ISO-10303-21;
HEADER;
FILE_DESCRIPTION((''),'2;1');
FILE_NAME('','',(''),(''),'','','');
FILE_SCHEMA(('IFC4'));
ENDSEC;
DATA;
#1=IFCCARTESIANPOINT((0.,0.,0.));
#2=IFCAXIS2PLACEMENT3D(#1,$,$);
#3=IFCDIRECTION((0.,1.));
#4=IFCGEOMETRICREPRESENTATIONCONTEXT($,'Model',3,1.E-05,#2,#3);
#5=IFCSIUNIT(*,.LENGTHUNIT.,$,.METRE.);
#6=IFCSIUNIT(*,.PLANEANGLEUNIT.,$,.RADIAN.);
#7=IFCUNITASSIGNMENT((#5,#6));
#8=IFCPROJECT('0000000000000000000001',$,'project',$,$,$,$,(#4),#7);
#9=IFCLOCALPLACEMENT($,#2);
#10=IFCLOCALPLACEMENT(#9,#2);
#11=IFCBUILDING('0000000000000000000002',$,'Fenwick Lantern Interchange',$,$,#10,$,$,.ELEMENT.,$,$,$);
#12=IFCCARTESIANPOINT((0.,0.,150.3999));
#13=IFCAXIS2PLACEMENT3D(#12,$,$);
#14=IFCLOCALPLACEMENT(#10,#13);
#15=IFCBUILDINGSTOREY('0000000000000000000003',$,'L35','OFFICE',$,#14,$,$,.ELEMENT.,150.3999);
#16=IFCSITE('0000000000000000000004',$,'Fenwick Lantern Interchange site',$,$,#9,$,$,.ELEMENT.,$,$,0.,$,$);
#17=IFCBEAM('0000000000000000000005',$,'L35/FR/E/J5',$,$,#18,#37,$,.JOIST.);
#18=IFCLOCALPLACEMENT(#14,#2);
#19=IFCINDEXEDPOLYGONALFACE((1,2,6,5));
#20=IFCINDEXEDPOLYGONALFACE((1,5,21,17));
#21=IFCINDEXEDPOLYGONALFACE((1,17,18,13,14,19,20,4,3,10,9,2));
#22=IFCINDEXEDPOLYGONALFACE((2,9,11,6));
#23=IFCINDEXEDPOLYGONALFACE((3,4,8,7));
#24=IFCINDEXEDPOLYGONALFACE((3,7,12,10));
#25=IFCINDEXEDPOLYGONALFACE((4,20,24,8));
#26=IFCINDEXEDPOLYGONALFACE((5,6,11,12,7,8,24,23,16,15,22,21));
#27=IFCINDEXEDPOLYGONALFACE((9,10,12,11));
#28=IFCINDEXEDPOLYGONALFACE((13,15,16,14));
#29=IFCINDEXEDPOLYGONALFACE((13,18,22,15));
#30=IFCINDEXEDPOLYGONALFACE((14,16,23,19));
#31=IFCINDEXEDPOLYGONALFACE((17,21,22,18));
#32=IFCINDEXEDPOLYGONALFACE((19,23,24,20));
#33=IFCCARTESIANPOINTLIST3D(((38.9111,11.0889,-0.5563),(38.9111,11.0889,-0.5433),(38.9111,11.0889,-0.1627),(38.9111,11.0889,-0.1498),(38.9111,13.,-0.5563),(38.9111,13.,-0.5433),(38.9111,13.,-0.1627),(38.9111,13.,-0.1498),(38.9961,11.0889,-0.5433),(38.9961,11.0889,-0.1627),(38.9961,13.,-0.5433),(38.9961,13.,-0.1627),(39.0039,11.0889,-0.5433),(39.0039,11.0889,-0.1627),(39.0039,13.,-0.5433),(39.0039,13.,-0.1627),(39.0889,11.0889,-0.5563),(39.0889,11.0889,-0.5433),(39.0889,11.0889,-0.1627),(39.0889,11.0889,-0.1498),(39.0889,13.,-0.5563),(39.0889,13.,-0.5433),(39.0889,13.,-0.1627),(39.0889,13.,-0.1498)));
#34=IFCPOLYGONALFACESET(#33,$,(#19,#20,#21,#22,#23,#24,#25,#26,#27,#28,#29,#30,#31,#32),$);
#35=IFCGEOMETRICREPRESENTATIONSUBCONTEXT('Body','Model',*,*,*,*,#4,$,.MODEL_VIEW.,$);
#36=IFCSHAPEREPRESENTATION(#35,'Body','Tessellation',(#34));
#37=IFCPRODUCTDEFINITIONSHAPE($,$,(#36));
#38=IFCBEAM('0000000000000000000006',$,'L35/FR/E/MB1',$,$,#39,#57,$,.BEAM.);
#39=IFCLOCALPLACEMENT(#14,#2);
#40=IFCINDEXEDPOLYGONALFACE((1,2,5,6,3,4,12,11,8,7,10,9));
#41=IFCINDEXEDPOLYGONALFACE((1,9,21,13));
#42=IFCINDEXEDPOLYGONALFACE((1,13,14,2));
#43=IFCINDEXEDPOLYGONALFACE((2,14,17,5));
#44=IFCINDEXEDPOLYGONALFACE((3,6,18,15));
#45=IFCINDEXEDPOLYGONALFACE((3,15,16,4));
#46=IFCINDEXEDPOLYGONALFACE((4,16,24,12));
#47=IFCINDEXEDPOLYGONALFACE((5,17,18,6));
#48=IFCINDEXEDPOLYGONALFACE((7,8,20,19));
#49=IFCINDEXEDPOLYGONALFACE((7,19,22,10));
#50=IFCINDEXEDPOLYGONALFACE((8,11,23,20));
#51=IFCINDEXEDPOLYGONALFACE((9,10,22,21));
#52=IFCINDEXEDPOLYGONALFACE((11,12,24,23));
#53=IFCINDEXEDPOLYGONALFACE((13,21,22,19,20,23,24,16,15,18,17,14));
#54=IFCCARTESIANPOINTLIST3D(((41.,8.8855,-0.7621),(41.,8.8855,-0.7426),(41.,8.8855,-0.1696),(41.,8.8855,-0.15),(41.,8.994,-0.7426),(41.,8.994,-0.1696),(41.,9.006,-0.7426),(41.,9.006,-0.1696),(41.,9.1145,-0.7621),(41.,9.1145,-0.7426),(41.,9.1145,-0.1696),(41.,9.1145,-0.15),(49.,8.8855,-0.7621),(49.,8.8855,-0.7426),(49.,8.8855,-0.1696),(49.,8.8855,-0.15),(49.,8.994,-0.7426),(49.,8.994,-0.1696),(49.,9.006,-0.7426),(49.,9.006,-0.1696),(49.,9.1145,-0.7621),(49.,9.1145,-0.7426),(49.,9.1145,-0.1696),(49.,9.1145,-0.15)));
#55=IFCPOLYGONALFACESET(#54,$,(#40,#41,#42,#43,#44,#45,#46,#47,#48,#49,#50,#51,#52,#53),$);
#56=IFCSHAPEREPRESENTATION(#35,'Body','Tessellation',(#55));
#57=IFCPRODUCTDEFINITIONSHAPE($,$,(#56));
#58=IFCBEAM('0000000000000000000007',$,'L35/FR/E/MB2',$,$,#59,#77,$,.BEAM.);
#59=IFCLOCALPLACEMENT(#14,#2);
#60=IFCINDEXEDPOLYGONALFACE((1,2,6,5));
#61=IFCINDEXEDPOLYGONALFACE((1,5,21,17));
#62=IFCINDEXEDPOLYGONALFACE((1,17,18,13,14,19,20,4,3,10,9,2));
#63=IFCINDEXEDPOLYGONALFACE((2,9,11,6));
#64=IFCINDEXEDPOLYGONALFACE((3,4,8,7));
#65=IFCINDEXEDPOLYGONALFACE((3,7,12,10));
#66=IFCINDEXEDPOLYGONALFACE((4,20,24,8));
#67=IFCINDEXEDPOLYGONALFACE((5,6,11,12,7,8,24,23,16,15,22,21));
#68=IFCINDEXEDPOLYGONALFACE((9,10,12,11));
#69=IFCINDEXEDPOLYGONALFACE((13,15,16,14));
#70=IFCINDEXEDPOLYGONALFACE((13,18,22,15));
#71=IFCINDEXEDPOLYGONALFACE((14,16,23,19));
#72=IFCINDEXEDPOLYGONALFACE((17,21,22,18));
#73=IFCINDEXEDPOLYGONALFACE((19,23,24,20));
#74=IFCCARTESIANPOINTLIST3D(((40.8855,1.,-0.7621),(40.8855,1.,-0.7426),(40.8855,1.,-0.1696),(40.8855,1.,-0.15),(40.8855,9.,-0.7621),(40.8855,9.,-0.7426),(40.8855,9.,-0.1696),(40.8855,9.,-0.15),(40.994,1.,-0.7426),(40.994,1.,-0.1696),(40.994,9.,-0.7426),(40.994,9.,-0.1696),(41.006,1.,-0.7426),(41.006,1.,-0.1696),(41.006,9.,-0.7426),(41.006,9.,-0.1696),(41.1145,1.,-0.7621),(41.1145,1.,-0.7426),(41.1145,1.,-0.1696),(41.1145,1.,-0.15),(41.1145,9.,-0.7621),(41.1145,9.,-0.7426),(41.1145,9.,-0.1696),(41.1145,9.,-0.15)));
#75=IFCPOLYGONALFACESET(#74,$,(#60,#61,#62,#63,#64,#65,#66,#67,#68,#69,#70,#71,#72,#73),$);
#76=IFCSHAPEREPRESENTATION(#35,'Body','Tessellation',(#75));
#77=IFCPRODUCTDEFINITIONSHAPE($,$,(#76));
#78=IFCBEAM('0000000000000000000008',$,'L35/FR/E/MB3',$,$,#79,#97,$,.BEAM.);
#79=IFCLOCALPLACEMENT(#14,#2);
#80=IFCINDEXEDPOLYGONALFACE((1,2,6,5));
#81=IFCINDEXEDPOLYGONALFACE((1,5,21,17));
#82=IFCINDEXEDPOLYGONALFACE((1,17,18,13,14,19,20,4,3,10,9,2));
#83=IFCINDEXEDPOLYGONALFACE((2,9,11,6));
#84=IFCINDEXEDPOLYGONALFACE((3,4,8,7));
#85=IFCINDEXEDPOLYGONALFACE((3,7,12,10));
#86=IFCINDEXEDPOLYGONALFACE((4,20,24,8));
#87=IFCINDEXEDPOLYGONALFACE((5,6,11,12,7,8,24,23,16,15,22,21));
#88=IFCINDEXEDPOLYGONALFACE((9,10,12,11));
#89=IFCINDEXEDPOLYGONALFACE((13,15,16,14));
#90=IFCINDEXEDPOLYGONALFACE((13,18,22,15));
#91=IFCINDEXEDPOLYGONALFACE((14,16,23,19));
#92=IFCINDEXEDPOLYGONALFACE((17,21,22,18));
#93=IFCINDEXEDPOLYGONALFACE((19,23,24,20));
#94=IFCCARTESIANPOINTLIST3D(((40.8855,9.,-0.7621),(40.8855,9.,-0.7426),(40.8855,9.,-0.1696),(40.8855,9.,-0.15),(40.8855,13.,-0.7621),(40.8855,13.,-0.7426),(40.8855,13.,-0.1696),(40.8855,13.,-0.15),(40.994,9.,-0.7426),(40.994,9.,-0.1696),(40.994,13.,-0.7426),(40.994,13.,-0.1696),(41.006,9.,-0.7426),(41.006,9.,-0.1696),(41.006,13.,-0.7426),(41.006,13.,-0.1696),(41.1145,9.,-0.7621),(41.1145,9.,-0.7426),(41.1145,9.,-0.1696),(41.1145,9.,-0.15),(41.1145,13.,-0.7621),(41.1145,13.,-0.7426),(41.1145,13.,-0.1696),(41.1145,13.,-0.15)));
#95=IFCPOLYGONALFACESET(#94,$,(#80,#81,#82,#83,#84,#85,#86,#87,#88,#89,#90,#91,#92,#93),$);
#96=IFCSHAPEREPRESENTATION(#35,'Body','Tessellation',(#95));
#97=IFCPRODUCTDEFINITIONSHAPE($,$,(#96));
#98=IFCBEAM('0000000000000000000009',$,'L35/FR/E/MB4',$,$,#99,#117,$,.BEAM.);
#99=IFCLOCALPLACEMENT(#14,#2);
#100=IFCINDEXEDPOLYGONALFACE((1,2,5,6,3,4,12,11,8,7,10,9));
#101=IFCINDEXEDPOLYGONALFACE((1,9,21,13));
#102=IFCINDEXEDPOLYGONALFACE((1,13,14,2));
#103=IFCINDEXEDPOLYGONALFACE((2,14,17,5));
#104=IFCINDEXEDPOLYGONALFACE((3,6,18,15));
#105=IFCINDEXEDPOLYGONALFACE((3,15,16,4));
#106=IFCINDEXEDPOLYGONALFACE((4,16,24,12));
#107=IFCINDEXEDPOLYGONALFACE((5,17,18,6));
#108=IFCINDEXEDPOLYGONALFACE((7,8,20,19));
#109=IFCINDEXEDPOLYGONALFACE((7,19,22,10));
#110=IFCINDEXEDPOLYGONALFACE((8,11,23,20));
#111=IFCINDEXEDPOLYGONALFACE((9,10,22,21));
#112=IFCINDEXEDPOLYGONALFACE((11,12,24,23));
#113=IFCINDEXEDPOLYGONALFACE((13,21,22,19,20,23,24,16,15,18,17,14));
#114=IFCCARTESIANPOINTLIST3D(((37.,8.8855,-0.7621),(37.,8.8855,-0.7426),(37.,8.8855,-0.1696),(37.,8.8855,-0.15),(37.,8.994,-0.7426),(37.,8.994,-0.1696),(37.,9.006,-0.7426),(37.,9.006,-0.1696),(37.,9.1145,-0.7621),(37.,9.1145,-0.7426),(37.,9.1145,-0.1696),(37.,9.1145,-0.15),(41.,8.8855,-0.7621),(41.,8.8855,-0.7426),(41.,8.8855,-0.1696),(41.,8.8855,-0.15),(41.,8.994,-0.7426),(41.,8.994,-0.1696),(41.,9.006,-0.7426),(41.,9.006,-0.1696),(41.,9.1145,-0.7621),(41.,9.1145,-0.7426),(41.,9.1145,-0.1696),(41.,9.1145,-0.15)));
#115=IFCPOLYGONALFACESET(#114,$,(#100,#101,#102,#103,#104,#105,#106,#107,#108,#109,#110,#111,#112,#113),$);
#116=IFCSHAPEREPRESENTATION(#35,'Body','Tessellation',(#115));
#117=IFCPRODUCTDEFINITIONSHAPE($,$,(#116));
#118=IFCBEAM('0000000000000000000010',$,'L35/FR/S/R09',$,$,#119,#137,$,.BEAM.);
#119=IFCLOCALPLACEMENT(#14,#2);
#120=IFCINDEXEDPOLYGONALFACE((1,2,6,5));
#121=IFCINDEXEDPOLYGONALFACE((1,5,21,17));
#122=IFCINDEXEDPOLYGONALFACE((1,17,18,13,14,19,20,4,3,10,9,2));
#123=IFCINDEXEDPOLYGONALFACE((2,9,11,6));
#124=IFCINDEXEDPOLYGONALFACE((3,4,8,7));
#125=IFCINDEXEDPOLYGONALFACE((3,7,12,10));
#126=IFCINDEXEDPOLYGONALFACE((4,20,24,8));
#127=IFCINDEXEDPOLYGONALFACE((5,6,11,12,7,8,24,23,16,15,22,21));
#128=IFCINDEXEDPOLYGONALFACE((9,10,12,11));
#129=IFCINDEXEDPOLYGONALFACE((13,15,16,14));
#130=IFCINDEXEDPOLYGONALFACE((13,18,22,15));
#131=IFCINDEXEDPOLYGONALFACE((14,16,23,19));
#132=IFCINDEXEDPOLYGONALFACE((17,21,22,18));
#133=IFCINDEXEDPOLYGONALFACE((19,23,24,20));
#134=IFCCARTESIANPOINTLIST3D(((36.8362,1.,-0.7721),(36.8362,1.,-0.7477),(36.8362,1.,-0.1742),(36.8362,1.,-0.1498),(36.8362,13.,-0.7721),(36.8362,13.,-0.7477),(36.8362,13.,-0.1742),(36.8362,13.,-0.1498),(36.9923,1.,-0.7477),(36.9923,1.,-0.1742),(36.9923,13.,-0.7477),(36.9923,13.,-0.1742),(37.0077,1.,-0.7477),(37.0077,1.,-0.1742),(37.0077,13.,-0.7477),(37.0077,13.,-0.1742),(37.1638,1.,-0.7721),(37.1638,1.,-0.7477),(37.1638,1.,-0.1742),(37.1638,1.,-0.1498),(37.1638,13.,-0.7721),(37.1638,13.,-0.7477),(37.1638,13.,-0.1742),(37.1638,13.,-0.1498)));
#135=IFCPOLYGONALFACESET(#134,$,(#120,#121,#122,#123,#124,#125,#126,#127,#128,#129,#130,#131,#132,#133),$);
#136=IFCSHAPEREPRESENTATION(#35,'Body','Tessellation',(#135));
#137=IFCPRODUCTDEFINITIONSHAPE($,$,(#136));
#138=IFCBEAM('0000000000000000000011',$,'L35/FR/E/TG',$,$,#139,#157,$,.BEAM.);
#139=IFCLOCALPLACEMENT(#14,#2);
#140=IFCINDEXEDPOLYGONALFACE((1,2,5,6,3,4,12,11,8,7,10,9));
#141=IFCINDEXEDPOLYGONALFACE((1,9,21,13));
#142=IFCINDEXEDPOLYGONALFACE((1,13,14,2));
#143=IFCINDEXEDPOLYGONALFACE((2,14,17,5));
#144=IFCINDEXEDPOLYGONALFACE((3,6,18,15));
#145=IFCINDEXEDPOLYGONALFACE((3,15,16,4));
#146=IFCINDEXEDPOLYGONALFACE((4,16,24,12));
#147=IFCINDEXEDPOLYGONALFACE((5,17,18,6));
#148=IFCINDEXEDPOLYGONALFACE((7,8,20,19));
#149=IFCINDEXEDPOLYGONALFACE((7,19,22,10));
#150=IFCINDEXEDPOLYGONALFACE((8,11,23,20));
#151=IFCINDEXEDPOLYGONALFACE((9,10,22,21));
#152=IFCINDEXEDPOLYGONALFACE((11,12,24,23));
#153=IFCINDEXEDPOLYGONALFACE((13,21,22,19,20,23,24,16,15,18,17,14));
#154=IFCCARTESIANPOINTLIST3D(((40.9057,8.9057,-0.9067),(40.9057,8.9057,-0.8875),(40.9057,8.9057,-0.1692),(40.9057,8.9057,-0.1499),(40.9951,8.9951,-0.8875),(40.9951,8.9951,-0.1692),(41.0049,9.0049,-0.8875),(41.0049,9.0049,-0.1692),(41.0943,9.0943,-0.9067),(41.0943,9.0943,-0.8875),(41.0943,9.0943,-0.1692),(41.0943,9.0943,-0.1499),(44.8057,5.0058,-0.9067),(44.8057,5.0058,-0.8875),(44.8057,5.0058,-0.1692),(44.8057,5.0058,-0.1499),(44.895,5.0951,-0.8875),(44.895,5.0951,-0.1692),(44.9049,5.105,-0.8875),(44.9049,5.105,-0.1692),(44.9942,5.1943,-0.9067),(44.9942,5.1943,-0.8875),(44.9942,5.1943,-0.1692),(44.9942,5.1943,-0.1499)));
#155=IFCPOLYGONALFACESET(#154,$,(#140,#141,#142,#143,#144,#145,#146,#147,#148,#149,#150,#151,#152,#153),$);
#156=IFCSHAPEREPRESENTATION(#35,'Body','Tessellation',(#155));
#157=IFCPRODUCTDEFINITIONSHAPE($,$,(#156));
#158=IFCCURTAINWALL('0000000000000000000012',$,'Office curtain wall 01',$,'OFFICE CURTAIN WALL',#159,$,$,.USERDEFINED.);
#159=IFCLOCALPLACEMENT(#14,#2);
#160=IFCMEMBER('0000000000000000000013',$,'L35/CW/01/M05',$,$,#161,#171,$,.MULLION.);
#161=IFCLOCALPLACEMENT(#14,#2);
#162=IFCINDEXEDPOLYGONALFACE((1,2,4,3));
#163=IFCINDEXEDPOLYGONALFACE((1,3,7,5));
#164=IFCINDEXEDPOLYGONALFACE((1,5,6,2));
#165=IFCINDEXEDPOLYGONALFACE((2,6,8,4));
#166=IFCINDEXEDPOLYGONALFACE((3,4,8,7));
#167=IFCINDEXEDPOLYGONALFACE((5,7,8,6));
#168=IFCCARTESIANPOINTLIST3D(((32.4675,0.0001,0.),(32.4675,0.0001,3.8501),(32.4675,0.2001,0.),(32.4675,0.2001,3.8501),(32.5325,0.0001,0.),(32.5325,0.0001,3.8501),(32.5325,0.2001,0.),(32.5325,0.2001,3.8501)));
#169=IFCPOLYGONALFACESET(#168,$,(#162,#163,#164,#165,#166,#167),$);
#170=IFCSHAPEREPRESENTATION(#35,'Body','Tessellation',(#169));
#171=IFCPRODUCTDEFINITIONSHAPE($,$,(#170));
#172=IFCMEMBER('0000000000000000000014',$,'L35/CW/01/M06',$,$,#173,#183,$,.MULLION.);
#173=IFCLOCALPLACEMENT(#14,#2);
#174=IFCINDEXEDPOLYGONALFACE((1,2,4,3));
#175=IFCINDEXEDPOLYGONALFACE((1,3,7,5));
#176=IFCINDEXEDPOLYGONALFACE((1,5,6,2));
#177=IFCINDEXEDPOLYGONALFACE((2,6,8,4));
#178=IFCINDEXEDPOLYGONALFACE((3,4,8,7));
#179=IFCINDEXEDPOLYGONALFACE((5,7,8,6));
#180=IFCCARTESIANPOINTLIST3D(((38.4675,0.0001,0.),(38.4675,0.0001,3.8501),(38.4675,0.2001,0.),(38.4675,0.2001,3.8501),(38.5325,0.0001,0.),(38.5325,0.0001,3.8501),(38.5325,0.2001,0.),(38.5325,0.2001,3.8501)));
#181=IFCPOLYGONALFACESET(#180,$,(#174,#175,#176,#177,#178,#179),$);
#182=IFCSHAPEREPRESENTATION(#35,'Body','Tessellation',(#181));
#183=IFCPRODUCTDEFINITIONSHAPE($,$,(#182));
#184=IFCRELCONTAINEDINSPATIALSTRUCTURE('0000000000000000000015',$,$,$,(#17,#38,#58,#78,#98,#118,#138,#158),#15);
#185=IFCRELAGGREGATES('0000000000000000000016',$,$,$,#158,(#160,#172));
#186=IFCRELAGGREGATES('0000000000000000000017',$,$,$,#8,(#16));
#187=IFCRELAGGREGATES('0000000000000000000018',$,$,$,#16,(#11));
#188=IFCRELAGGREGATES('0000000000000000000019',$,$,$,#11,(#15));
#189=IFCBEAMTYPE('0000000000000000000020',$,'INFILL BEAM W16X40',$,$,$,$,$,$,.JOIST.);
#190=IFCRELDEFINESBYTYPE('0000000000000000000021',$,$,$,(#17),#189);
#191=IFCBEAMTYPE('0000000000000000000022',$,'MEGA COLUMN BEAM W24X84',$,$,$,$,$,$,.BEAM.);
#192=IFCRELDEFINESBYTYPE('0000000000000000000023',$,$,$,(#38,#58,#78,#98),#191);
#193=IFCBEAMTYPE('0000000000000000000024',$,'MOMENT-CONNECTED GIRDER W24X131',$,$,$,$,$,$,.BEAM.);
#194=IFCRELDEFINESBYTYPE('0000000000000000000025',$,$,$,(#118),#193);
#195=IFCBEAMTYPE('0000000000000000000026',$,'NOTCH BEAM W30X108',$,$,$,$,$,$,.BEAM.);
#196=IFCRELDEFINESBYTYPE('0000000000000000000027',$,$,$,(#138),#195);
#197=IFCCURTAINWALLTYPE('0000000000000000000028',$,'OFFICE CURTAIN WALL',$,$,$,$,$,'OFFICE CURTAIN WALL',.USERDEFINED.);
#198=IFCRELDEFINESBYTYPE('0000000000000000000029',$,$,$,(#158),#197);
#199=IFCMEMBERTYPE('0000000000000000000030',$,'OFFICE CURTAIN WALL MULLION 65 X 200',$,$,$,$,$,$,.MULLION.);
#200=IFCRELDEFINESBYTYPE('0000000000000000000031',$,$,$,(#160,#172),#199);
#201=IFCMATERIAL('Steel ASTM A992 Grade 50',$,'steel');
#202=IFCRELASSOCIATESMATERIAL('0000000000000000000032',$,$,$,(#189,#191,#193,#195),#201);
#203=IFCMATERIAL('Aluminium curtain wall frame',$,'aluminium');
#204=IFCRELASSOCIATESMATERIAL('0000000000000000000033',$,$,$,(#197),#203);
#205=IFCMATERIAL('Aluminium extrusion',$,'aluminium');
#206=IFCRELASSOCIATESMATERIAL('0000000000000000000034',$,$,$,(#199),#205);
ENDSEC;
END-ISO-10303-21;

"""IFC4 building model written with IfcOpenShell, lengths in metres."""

from ifc_helpers import new_model, si_unit, direction, frame, origin, origin_2d, place, context, subcontext, project, spatial, rectangle, i_section, extrude, material, material_profile, profile_set, type_object, element, aggregate, save


model = new_model("IFC4")

# Units and contexts
model_context = context("Model", 3, precision=1e-05, world=origin(), true_north=direction((0.0, 1.0)))
body_context = subcontext(model_context, "Body", "Model", "MODEL_VIEW")
ifc_project = project(units=[si_unit("LENGTHUNIT", "METRE"), si_unit("PLANEANGLEUNIT", "RADIAN")], contexts=[model_context])

# Site, building, storey
site_placement = place(None, origin())
site = spatial("IfcSite", under=ifc_project, at=site_placement, Name="Fenwick Lantern Interchange site", CompositionType="ELEMENT", RefElevation=0.0)
building_placement = place(site_placement, origin())
building = spatial("IfcBuilding", under=site, at=building_placement, Name="Fenwick Lantern Interchange", CompositionType="ELEMENT")
storey_placement = place(building_placement, frame((0.0, 0.0, 150.3999)))
storey = spatial("IfcBuildingStorey", under=building, at=storey_placement, Name="L35", Description="OFFICE", CompositionType="ELEMENT", Elevation=150.3999)

# Beams
ifc_material_1 = material(Name="Steel ASTM A992 Grade 50", Category="steel")
ifc_material_profile_1 = material_profile(ifc_material_1, i_section(OverallWidth=0.1777, OverallDepth=0.4065, WebThickness=0.0078, FlangeThickness=0.0129, at=origin_2d()), Name="W16X40")
ifc_profile_set_1 = profile_set([ifc_material_profile_1], Name="Steel ASTM A992 Grade 50")
beam_type_1 = type_object("IfcBeamType", Name="INFILL BEAM W16X40", PredefinedType="JOIST", material=ifc_profile_set_1)
beam_1_placement = place(storey_placement, frame((39.0, 11.0889, -0.353), z_axis=(0.0, 1.0, 0.0), x_axis=(-1.0, 0.0, 0.0)))
element("IfcBeam", 1, at=beam_1_placement, inside=storey, type_object=beam_type_1, Name="L35/FR/E/J5", PredefinedType="JOIST", context=body_context, shape_type="SweptSolid", body=[
    extrude(i_section(OverallWidth=0.1777, OverallDepth=0.4065, WebThickness=0.0078, FlangeThickness=0.0129, at=origin_2d()), origin(), (0.0, 0.0, 1.0), 1.9111),
])
ifc_material_profile_2 = material_profile(ifc_material_1, i_section(OverallWidth=0.229, OverallDepth=0.6121, WebThickness=0.012, FlangeThickness=0.0195, at=origin_2d()), Name="W24X84")
ifc_profile_set_2 = profile_set([ifc_material_profile_2], Name="Steel ASTM A992 Grade 50")
beam_type_2 = type_object("IfcBeamType", Name="MEGA COLUMN BEAM W24X84", PredefinedType="BEAM", material=ifc_profile_set_2)
for number, where, z_axis, x_axis, name in (
    (2, (41.0, 9.0, -0.4561), (1.0, 0.0, 0.0), (0.0, 1.0, 0.0), "L35/FR/E/MB1"),
    (3, (41.0, 9.0, -0.4561), (0.0, -1.0, 0.0), (1.0, 0.0, 0.0), "L35/FR/E/MB2"),
):
    element("IfcBeam", number, at=place(storey_placement, frame(where, z_axis=z_axis, x_axis=x_axis)), inside=storey, type_object=beam_type_2, Name=name, PredefinedType="BEAM", context=body_context, shape_type="SweptSolid", body=[
        extrude(i_section(OverallWidth=0.229, OverallDepth=0.6121, WebThickness=0.012, FlangeThickness=0.0195, at=origin_2d()), origin(), (0.0, 0.0, 1.0), 8.0),
    ])
for number, where, z_axis, x_axis, name in (
    (4, (41.0, 9.0, -0.4561), (0.0, 1.0, 0.0), (-1.0, 0.0, 0.0), "L35/FR/E/MB3"),
    (5, (41.0, 9.0, -0.4561), (-1.0, 0.0, 0.0), (0.0, -1.0, 0.0), "L35/FR/E/MB4"),
):
    element("IfcBeam", number, at=place(storey_placement, frame(where, z_axis=z_axis, x_axis=x_axis)), inside=storey, type_object=beam_type_2, Name=name, PredefinedType="BEAM", context=body_context, shape_type="SweptSolid", body=[
        extrude(i_section(OverallWidth=0.229, OverallDepth=0.6121, WebThickness=0.012, FlangeThickness=0.0195, at=origin_2d()), origin(), (0.0, 0.0, 1.0), 4.0),
    ])
ifc_material_profile_3 = material_profile(ifc_material_1, i_section(OverallWidth=0.3276, OverallDepth=0.6223, WebThickness=0.0154, FlangeThickness=0.0244, at=origin_2d()), Name="W24X131")
ifc_profile_set_3 = profile_set([ifc_material_profile_3], Name="Steel ASTM A992 Grade 50")
beam_type_3 = type_object("IfcBeamType", Name="MOMENT-CONNECTED GIRDER W24X131", PredefinedType="BEAM", material=ifc_profile_set_3)
beam_2_placement = place(storey_placement, frame((37.0, 1.0, -0.4609), z_axis=(0.0, 1.0, 0.0), x_axis=(-1.0, 0.0, 0.0)))
element("IfcBeam", 6, at=beam_2_placement, inside=storey, type_object=beam_type_3, Name="L35/FR/S/R09", PredefinedType="BEAM", context=body_context, shape_type="SweptSolid", body=[
    extrude(i_section(OverallWidth=0.3276, OverallDepth=0.6223, WebThickness=0.0154, FlangeThickness=0.0244, at=origin_2d()), origin(), (0.0, 0.0, 1.0), 12.0),
])
ifc_material_profile_4 = material_profile(ifc_material_1, i_section(OverallWidth=0.2666, OverallDepth=0.7568, WebThickness=0.0139, FlangeThickness=0.0193, at=origin_2d()), Name="W30X108")
ifc_profile_set_4 = profile_set([ifc_material_profile_4], Name="Steel ASTM A992 Grade 50")
beam_type_4 = type_object("IfcBeamType", Name="NOTCH BEAM W30X108", PredefinedType="BEAM", material=ifc_profile_set_4)
beam_3_placement = place(storey_placement, frame((41.0, 9.0, -0.5283), z_axis=(0.707107, -0.707107, 0.0), x_axis=(0.707107, 0.707107, 0.0)))
element("IfcBeam", 7, at=beam_3_placement, inside=storey, type_object=beam_type_4, Name="L35/FR/E/TG", PredefinedType="BEAM", context=body_context, shape_type="SweptSolid", body=[
    extrude(i_section(OverallWidth=0.2666, OverallDepth=0.7568, WebThickness=0.0139, FlangeThickness=0.0193, at=origin_2d()), origin(), (0.0, 0.0, 1.0), 5.5154),
])

# Curtain wall, members
ifc_material_2 = material(Name="Aluminium curtain wall frame", Category="aluminium")
curtain_wall_type = type_object("IfcCurtainWallType", Name="OFFICE CURTAIN WALL", ElementType="OFFICE CURTAIN WALL", PredefinedType="USERDEFINED", material=ifc_material_2)
curtain_wall_placement = place(storey_placement, origin())
curtain_wall = element("IfcCurtainWall", 8, at=curtain_wall_placement, inside=storey, type_object=curtain_wall_type, Name="Office curtain wall 01", ObjectType="OFFICE CURTAIN WALL", PredefinedType="USERDEFINED")
ifc_material_3 = material(Name="Aluminium extrusion", Category="aluminium")
ifc_material_profile_5 = material_profile(ifc_material_3, rectangle(XDim=0.2, YDim=0.0649, at=origin_2d()), Name="OFFICE CURTAIN WALL MULLION 65 X 200")
ifc_profile_set_5 = profile_set([ifc_material_profile_5], Name="Aluminium extrusion")
member_type_1 = type_object("IfcMemberType", Name="OFFICE CURTAIN WALL MULLION 65 X 200", PredefinedType="MULLION", material=ifc_profile_set_5)
member_1_placement = place(storey_placement, frame((32.5, 0.1001, 0.0), z_axis=(0.0, 0.0, 1.0), x_axis=(0.0, 1.0, 0.0)))
member_1 = element("IfcMember", 9, at=member_1_placement, type_object=member_type_1, Name="L35/CW/01/M05", PredefinedType="MULLION", context=body_context, shape_type="SweptSolid", body=[
    extrude(rectangle(XDim=0.2, YDim=0.0649, at=origin_2d()), origin(), (0.0, 0.0, 1.0), 3.8501),
])
member_2_placement = place(storey_placement, frame((38.5, 0.1001, 0.0), z_axis=(0.0, 0.0, 1.0), x_axis=(0.0, 1.0, 0.0)))
member_2 = element("IfcMember", 10, at=member_2_placement, type_object=member_type_1, Name="L35/CW/01/M06", PredefinedType="MULLION", context=body_context, shape_type="SweptSolid", body=[
    extrude(rectangle(XDim=0.2, YDim=0.0649, at=origin_2d()), origin(), (0.0, 0.0, 1.0), 3.8501),
])
aggregate(curtain_wall, [member_1, member_2])

save(model, "model.ifc")
